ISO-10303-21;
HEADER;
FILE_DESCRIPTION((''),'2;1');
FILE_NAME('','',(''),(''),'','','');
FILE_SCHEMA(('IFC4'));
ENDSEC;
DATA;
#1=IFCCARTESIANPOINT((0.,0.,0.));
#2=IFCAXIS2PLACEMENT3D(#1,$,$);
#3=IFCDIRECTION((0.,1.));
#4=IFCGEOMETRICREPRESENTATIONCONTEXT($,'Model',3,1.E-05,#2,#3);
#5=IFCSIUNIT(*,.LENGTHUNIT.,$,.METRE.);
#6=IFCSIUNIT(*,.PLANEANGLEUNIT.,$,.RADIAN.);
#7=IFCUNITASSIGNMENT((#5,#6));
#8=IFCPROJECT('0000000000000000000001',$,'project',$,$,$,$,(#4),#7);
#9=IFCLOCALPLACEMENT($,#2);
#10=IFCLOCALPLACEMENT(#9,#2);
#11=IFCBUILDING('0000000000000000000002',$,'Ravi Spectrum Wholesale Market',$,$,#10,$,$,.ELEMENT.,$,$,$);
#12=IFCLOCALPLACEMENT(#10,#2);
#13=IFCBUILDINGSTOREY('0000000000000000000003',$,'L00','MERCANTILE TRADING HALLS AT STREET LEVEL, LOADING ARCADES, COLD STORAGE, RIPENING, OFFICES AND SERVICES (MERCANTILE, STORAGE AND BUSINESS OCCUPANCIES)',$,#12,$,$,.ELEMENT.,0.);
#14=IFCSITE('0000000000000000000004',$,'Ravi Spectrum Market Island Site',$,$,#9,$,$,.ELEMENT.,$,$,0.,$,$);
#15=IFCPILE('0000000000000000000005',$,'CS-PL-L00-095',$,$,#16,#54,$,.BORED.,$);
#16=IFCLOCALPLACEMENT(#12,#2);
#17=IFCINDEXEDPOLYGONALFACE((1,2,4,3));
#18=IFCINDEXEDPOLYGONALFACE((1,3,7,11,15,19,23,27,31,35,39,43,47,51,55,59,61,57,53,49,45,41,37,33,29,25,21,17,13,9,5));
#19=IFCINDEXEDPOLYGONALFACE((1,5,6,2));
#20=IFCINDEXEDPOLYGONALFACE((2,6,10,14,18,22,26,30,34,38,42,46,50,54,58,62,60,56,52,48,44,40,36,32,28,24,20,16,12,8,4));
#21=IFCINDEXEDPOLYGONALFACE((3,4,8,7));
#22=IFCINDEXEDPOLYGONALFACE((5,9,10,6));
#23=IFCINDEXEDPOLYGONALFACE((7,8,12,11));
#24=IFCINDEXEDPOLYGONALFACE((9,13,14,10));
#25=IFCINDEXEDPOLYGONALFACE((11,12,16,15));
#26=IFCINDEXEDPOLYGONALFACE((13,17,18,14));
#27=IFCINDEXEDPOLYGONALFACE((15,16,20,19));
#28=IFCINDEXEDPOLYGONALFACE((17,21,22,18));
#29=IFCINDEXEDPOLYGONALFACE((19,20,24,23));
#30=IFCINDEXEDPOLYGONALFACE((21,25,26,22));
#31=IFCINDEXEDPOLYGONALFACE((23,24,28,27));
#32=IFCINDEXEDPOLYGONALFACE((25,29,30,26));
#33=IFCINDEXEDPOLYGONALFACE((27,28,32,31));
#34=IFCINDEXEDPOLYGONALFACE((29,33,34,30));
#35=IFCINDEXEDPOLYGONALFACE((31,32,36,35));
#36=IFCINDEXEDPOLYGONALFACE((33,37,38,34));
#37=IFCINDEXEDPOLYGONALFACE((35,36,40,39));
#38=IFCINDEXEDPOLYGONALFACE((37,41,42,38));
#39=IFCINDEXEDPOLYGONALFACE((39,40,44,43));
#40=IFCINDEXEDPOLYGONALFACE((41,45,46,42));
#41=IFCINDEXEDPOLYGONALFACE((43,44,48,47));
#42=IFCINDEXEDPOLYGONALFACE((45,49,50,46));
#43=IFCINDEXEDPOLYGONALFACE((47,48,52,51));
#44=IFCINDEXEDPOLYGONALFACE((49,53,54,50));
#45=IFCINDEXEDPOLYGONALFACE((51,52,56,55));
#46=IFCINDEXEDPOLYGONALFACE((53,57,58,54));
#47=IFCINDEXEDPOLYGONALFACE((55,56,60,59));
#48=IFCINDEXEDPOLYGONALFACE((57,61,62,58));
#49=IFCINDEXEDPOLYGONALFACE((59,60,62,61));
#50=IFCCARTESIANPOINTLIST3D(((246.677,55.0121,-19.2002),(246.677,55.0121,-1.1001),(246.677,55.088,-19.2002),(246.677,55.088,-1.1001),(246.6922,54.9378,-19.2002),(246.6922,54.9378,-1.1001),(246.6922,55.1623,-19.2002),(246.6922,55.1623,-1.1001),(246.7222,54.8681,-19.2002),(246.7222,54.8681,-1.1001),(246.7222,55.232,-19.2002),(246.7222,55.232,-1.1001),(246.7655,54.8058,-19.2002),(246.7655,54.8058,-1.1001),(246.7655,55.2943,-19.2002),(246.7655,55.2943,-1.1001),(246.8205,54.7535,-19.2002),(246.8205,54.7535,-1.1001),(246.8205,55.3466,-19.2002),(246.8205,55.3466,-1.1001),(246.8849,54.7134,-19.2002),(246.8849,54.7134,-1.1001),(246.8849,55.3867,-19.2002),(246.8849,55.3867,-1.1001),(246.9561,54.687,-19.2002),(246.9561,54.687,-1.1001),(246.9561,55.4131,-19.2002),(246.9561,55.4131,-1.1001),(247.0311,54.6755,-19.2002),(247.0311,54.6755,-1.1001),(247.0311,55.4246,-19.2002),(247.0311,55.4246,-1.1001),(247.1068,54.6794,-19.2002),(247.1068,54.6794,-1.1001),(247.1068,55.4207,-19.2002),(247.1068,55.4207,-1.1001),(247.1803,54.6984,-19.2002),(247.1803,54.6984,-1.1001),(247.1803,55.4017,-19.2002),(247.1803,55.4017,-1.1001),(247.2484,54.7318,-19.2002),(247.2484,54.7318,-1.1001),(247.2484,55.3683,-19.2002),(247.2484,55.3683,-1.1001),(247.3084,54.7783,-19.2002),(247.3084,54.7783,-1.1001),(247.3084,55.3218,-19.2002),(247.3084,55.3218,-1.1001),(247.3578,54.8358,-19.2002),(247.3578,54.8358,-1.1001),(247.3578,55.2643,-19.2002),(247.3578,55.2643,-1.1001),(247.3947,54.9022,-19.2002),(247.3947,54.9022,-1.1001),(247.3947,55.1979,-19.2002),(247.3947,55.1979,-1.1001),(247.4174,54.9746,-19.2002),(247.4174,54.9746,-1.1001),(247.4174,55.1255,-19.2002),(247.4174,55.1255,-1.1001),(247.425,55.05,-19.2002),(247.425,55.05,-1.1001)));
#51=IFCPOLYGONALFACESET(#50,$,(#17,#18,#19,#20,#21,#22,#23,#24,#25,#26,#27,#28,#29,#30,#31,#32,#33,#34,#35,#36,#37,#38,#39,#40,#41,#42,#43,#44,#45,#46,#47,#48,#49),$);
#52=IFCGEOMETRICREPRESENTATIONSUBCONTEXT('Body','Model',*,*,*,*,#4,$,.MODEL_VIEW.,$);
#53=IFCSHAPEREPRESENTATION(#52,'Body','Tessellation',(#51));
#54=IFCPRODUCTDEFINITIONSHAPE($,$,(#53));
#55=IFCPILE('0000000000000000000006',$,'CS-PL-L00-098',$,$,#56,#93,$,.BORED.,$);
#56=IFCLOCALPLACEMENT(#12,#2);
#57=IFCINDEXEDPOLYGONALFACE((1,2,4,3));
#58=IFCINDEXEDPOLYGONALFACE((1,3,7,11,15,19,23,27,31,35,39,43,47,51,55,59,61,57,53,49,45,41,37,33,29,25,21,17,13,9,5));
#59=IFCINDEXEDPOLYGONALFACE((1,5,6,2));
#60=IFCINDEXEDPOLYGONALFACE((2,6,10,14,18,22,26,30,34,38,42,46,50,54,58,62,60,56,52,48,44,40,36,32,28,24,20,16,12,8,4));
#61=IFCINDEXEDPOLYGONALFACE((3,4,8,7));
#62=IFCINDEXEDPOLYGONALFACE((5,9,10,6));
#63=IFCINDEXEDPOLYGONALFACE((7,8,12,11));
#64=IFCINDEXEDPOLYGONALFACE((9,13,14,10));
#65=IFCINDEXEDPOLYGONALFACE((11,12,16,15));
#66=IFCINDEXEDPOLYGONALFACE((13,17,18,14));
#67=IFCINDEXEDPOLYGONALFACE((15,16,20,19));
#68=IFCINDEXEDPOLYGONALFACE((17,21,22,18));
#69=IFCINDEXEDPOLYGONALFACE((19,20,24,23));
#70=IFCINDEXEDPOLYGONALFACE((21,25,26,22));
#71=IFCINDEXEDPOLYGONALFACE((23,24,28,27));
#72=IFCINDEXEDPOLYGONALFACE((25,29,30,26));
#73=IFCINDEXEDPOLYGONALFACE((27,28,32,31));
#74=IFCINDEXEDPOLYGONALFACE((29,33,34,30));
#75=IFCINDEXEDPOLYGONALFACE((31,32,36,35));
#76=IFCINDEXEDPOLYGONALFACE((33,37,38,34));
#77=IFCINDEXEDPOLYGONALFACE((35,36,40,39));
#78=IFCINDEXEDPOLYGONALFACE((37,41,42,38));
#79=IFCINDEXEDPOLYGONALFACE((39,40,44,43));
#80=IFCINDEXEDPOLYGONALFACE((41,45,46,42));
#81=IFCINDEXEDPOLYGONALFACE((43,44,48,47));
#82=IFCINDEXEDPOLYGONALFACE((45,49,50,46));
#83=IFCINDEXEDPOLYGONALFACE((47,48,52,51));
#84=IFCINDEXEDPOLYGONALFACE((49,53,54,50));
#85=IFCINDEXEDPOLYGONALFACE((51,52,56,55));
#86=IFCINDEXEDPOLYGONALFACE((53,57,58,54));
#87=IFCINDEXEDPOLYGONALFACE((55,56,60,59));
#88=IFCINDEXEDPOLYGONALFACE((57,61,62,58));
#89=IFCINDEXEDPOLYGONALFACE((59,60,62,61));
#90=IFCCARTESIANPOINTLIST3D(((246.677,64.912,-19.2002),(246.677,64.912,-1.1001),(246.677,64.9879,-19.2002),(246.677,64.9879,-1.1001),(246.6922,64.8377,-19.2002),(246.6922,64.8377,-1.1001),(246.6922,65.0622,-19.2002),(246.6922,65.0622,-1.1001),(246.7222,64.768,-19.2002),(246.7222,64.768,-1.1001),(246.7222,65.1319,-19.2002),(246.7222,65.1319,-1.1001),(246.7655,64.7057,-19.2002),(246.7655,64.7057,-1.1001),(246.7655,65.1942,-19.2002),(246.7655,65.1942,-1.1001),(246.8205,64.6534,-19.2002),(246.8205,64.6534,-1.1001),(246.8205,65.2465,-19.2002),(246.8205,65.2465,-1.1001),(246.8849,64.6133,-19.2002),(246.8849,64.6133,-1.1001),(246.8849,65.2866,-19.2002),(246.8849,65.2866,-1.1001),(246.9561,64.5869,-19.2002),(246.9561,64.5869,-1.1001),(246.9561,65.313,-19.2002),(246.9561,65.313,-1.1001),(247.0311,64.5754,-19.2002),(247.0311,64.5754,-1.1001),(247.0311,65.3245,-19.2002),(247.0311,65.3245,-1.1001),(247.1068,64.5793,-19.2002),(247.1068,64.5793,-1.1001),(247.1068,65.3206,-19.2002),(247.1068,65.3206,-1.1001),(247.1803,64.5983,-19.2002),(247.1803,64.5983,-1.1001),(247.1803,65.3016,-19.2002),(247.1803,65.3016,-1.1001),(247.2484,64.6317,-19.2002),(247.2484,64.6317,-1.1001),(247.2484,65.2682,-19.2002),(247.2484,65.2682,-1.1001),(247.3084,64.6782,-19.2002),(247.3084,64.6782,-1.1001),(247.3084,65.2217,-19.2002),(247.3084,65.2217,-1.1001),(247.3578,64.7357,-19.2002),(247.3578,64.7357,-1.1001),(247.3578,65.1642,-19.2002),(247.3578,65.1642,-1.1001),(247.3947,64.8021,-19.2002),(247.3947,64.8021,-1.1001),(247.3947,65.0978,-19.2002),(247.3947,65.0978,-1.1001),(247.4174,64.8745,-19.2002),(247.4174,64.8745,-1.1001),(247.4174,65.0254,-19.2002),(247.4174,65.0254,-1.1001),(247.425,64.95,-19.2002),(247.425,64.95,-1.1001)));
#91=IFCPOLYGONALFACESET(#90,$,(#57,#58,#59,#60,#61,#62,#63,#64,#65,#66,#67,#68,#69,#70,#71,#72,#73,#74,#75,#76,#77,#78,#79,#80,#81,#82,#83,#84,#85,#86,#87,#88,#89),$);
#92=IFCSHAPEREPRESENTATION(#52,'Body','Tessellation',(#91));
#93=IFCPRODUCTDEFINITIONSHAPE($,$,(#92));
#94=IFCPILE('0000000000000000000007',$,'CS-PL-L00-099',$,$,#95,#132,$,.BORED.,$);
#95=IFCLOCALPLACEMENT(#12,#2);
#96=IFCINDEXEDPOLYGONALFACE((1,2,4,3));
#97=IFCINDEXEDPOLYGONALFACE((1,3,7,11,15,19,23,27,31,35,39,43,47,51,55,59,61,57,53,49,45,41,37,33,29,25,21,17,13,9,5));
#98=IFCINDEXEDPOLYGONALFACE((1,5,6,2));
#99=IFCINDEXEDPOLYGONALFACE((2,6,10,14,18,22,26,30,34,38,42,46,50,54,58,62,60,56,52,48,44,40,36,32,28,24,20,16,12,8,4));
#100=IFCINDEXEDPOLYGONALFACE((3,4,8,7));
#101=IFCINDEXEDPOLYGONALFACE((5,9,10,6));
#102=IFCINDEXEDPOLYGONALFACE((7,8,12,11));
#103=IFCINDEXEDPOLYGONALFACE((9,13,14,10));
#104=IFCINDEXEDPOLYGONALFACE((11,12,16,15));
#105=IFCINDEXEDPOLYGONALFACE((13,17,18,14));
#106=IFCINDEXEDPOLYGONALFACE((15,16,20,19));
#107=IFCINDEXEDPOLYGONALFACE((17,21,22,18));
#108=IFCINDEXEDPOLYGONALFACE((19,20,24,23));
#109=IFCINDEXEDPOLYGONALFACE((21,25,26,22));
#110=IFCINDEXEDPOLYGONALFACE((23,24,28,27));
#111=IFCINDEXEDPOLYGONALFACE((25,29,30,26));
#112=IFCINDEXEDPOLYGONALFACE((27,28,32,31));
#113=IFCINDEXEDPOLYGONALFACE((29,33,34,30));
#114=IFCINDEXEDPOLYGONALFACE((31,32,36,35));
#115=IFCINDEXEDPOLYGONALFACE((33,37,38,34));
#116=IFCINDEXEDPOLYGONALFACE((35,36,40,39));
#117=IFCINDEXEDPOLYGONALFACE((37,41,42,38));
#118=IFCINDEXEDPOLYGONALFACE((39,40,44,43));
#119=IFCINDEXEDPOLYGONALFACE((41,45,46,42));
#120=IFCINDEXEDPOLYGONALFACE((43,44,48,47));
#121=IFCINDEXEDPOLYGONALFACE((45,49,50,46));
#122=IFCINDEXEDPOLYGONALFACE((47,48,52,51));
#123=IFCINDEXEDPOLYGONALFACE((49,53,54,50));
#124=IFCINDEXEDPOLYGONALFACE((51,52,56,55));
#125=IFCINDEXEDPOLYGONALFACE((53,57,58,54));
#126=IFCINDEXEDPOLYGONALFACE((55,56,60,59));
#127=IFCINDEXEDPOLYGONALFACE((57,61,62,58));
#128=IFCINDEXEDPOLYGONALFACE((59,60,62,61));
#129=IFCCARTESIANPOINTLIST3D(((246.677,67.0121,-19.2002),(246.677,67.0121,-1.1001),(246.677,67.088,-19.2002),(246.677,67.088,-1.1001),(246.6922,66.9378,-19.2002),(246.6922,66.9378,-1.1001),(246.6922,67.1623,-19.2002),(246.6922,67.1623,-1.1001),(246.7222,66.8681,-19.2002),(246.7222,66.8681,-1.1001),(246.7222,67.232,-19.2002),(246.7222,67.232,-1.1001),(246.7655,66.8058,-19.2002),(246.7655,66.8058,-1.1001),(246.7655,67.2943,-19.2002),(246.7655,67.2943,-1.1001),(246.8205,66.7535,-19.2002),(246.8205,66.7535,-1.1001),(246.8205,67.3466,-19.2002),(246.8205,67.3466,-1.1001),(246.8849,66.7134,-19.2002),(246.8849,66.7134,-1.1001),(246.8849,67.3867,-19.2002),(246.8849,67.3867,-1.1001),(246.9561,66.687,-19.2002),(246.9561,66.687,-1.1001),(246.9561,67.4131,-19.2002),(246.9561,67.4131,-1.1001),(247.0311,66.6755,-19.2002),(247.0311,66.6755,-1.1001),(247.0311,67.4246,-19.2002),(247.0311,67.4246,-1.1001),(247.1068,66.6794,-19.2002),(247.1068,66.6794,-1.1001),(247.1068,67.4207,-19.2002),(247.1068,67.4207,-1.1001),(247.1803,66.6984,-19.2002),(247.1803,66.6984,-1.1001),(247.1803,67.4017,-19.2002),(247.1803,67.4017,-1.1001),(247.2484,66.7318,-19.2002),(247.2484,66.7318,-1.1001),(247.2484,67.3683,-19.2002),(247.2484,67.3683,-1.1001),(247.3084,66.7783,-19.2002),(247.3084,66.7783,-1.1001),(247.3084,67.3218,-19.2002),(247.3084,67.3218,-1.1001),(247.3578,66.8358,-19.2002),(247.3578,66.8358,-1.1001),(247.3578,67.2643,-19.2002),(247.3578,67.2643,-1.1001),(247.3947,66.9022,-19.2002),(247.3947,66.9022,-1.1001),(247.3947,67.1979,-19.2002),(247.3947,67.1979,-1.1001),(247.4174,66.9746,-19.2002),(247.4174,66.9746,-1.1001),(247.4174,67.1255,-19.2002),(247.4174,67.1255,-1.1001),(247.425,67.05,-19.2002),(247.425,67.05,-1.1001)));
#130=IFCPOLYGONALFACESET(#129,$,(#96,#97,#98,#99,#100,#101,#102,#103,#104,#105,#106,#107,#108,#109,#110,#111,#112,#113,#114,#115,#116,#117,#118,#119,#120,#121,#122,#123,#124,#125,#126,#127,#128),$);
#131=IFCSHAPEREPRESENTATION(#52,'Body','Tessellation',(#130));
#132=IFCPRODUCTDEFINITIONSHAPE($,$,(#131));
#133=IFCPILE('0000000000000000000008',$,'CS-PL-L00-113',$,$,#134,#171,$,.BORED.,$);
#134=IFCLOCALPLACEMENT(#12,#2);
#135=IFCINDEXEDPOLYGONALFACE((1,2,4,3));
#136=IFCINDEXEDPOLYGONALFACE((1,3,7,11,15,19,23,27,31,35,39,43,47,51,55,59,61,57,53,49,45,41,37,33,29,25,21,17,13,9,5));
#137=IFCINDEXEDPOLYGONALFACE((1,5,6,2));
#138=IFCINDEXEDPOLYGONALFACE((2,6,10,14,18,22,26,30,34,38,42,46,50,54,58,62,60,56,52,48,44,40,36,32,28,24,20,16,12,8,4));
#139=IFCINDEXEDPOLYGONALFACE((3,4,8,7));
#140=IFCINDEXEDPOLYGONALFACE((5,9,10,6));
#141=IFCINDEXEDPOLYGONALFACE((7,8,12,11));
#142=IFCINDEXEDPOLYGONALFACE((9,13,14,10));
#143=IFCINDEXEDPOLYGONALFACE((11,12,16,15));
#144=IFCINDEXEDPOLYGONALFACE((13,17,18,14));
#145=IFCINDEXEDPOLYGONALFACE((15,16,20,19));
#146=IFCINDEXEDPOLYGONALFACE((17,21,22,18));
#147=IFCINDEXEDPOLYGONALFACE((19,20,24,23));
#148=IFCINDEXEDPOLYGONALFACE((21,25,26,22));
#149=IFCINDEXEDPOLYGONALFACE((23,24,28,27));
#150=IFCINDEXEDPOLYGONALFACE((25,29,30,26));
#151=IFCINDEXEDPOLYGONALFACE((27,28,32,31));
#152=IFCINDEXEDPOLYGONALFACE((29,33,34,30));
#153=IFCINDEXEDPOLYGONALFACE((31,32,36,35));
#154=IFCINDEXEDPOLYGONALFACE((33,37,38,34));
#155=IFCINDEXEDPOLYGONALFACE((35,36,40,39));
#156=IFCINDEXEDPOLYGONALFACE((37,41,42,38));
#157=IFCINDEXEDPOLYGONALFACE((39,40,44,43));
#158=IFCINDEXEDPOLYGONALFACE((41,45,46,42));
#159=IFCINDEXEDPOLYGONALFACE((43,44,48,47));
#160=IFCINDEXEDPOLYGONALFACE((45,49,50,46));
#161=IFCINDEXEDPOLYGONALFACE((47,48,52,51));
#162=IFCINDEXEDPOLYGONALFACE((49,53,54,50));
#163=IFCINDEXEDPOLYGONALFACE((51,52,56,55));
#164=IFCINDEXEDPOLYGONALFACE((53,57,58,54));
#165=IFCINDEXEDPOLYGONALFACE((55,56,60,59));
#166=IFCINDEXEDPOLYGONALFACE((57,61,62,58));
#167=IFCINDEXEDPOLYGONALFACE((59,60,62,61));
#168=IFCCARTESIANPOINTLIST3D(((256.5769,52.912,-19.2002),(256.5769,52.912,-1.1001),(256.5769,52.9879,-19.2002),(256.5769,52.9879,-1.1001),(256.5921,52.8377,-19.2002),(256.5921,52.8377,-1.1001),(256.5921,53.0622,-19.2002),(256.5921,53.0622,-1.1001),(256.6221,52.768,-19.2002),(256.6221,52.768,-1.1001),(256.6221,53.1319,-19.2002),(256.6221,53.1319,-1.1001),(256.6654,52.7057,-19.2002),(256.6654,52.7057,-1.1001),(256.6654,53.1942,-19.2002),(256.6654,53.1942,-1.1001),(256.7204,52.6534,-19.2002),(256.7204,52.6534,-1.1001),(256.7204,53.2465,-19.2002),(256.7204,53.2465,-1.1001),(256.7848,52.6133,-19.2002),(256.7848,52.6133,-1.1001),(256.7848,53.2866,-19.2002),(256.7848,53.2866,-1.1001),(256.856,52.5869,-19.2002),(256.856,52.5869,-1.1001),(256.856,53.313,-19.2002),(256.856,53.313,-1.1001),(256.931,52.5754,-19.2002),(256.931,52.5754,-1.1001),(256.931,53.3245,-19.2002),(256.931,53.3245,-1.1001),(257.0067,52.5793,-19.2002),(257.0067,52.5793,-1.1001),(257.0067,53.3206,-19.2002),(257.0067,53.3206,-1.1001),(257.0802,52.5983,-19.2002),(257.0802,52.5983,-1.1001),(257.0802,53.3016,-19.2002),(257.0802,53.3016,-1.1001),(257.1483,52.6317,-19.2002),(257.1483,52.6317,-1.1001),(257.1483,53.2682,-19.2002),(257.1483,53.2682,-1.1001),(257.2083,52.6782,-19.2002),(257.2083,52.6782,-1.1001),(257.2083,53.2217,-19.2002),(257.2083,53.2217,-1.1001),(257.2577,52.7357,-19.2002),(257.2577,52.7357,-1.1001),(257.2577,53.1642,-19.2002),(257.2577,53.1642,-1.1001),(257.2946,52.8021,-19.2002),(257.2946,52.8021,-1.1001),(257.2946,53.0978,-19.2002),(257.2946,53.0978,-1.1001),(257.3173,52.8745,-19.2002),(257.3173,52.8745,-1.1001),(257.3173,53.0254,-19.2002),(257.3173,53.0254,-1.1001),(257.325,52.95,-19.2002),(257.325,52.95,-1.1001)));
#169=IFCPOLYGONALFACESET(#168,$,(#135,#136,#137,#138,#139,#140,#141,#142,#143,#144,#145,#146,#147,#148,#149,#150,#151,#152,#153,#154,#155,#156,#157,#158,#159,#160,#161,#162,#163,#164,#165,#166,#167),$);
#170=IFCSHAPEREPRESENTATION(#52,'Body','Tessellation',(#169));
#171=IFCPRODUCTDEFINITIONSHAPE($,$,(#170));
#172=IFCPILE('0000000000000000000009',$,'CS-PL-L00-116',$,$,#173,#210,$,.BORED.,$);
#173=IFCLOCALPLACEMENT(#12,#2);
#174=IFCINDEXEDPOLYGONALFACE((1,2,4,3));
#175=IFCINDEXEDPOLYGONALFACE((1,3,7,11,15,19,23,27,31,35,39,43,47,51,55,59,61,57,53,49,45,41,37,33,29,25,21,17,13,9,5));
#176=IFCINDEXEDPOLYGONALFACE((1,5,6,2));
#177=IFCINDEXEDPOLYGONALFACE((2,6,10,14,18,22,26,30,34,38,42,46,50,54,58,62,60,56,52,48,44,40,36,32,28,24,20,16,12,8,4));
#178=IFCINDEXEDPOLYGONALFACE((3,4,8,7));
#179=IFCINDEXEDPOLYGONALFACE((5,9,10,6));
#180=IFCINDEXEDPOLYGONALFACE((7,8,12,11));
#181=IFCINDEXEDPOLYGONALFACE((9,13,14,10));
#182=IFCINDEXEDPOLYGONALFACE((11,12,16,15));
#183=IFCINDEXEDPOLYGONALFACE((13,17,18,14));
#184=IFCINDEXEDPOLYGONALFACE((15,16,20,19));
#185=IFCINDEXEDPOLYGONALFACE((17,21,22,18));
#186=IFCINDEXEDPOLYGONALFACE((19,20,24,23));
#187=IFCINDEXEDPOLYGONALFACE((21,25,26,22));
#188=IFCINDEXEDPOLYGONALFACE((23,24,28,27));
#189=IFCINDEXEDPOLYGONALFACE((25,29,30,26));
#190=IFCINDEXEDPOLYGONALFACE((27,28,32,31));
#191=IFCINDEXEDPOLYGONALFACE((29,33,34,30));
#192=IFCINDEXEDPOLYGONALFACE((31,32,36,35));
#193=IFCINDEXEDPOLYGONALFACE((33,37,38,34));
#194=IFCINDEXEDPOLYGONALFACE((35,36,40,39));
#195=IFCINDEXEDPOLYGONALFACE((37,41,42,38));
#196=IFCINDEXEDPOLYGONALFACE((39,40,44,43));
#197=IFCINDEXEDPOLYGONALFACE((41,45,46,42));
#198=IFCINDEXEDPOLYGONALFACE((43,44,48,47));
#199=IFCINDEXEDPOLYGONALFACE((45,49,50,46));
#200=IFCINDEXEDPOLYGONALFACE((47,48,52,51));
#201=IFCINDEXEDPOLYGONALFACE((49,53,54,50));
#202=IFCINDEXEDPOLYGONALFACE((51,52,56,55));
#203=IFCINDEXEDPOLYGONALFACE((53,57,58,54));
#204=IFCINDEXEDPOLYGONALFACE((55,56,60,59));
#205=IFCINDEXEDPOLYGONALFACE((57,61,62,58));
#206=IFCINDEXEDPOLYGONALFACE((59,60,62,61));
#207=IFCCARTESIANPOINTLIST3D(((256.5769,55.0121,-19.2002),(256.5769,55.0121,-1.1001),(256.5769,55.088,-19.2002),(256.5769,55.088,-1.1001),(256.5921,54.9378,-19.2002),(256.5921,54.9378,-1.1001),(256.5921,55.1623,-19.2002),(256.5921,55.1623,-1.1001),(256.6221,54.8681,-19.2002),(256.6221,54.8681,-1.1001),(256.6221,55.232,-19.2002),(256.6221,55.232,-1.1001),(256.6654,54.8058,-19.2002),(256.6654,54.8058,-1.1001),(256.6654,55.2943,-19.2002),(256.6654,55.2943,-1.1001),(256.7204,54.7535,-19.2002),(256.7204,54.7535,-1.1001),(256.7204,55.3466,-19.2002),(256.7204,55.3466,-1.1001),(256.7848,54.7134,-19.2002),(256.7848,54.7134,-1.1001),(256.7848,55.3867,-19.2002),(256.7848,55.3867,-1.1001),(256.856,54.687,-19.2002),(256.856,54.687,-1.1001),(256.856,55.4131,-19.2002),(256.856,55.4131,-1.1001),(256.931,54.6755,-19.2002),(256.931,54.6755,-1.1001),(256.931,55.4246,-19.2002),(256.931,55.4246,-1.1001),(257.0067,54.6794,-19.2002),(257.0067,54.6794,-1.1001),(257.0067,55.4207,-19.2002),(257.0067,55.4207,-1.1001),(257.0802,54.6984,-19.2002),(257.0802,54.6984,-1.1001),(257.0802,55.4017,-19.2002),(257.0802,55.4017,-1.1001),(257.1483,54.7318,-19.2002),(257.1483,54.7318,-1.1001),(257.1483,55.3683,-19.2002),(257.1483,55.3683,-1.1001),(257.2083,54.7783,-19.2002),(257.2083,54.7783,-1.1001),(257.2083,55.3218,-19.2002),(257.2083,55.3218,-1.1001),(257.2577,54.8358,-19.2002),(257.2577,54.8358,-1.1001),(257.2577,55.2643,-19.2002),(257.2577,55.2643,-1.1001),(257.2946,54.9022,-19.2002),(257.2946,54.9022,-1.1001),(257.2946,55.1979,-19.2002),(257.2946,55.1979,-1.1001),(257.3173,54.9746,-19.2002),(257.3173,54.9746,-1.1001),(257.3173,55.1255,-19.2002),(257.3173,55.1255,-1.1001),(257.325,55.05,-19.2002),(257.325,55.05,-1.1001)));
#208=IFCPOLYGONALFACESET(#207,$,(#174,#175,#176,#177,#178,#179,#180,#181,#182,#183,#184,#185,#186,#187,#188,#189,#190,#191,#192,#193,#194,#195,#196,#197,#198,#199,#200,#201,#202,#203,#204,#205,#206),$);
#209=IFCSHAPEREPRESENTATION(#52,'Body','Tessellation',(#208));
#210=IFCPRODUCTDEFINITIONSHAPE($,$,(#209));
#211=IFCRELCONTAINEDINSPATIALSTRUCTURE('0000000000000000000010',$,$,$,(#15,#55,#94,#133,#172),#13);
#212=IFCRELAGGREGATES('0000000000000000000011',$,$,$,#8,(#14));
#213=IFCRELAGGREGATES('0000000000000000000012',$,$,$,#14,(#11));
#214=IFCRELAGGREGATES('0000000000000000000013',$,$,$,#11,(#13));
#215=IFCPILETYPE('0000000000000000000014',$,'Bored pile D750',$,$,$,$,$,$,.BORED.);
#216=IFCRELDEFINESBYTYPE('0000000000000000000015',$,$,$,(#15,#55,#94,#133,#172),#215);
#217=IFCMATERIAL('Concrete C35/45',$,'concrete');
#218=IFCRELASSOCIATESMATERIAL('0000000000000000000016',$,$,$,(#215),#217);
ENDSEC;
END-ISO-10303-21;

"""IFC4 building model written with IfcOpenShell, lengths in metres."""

from ifc_helpers import new_model, si_unit, direction, frame, origin, origin_2d, place, context, subcontext, project, spatial, circle, extrude, material, material_profile, profile_set, type_object, element, save


model = new_model("IFC4")

# Units and contexts
model_context = context("Model", 3, precision=1e-05, world=origin(), true_north=direction((0.0, 1.0)))
body_context = subcontext(model_context, "Body", "Model", "MODEL_VIEW")
ifc_project = project(units=[si_unit("LENGTHUNIT", "METRE"), si_unit("PLANEANGLEUNIT", "RADIAN")], contexts=[model_context])

# Site, building, storey
site_placement = place(None, origin())
site = spatial("IfcSite", under=ifc_project, at=site_placement, Name="Ravi Spectrum Market Island Site", CompositionType="ELEMENT", RefElevation=0.0)
building_placement = place(site_placement, origin())
building = spatial("IfcBuilding", under=site, at=building_placement, Name="Ravi Spectrum Wholesale Market", CompositionType="ELEMENT")
storey_placement = place(building_placement, origin())
storey = spatial("IfcBuildingStorey", under=building, at=storey_placement, Name="L00", Description="MERCANTILE TRADING HALLS AT STREET LEVEL, LOADING ARCADES, COLD STORAGE, RIPENING, OFFICES AND SERVICES (MERCANTILE, STORAGE AND BUSINESS OCCUPANCIES)", CompositionType="ELEMENT", Elevation=0.0)

# Piles
ifc_material_1 = material(Name="Concrete C35/45", Category="concrete")
ifc_material_profile_1 = material_profile(ifc_material_1, circle(Radius=0.375, at=origin_2d()))
ifc_profile_set_1 = profile_set([ifc_material_profile_1], Name="Concrete C35/45")
pile_type = type_object("IfcPileType", Name="Bored pile D750", PredefinedType="BORED", material=ifc_profile_set_1)
for number, where, z_axis, x_axis, name in (
    (1, (247.05, 55.05, -1.1001), (0.0, 0.0, -1.0), (1.0, 0.0, 0.0), "CS-PL-L00-095"),
    (2, (247.05, 64.95, -1.1001), (0.0, 0.0, -1.0), (1.0, 0.0, 0.0), "CS-PL-L00-098"),
    (3, (247.05, 67.05, -1.1001), (0.0, 0.0, -1.0), (1.0, 0.0, 0.0), "CS-PL-L00-099"),
    (4, (256.95, 52.95, -1.1001), (0.0, 0.0, -1.0), (1.0, 0.0, 0.0), "CS-PL-L00-113"),
    (5, (256.95, 55.05, -1.1001), (0.0, 0.0, -1.0), (1.0, 0.0, 0.0), "CS-PL-L00-116"),
):
    element("IfcPile", number, at=place(storey_placement, frame(where, z_axis=z_axis, x_axis=x_axis)), inside=storey, type_object=pile_type, Name=name, PredefinedType="BORED", context=body_context, shape_type="SweptSolid", body=[
        extrude(circle(Radius=0.375, at=origin_2d()), origin(), (0.0, 0.0, 1.0), 18.1001),
    ])

save(model, "model.ifc")
